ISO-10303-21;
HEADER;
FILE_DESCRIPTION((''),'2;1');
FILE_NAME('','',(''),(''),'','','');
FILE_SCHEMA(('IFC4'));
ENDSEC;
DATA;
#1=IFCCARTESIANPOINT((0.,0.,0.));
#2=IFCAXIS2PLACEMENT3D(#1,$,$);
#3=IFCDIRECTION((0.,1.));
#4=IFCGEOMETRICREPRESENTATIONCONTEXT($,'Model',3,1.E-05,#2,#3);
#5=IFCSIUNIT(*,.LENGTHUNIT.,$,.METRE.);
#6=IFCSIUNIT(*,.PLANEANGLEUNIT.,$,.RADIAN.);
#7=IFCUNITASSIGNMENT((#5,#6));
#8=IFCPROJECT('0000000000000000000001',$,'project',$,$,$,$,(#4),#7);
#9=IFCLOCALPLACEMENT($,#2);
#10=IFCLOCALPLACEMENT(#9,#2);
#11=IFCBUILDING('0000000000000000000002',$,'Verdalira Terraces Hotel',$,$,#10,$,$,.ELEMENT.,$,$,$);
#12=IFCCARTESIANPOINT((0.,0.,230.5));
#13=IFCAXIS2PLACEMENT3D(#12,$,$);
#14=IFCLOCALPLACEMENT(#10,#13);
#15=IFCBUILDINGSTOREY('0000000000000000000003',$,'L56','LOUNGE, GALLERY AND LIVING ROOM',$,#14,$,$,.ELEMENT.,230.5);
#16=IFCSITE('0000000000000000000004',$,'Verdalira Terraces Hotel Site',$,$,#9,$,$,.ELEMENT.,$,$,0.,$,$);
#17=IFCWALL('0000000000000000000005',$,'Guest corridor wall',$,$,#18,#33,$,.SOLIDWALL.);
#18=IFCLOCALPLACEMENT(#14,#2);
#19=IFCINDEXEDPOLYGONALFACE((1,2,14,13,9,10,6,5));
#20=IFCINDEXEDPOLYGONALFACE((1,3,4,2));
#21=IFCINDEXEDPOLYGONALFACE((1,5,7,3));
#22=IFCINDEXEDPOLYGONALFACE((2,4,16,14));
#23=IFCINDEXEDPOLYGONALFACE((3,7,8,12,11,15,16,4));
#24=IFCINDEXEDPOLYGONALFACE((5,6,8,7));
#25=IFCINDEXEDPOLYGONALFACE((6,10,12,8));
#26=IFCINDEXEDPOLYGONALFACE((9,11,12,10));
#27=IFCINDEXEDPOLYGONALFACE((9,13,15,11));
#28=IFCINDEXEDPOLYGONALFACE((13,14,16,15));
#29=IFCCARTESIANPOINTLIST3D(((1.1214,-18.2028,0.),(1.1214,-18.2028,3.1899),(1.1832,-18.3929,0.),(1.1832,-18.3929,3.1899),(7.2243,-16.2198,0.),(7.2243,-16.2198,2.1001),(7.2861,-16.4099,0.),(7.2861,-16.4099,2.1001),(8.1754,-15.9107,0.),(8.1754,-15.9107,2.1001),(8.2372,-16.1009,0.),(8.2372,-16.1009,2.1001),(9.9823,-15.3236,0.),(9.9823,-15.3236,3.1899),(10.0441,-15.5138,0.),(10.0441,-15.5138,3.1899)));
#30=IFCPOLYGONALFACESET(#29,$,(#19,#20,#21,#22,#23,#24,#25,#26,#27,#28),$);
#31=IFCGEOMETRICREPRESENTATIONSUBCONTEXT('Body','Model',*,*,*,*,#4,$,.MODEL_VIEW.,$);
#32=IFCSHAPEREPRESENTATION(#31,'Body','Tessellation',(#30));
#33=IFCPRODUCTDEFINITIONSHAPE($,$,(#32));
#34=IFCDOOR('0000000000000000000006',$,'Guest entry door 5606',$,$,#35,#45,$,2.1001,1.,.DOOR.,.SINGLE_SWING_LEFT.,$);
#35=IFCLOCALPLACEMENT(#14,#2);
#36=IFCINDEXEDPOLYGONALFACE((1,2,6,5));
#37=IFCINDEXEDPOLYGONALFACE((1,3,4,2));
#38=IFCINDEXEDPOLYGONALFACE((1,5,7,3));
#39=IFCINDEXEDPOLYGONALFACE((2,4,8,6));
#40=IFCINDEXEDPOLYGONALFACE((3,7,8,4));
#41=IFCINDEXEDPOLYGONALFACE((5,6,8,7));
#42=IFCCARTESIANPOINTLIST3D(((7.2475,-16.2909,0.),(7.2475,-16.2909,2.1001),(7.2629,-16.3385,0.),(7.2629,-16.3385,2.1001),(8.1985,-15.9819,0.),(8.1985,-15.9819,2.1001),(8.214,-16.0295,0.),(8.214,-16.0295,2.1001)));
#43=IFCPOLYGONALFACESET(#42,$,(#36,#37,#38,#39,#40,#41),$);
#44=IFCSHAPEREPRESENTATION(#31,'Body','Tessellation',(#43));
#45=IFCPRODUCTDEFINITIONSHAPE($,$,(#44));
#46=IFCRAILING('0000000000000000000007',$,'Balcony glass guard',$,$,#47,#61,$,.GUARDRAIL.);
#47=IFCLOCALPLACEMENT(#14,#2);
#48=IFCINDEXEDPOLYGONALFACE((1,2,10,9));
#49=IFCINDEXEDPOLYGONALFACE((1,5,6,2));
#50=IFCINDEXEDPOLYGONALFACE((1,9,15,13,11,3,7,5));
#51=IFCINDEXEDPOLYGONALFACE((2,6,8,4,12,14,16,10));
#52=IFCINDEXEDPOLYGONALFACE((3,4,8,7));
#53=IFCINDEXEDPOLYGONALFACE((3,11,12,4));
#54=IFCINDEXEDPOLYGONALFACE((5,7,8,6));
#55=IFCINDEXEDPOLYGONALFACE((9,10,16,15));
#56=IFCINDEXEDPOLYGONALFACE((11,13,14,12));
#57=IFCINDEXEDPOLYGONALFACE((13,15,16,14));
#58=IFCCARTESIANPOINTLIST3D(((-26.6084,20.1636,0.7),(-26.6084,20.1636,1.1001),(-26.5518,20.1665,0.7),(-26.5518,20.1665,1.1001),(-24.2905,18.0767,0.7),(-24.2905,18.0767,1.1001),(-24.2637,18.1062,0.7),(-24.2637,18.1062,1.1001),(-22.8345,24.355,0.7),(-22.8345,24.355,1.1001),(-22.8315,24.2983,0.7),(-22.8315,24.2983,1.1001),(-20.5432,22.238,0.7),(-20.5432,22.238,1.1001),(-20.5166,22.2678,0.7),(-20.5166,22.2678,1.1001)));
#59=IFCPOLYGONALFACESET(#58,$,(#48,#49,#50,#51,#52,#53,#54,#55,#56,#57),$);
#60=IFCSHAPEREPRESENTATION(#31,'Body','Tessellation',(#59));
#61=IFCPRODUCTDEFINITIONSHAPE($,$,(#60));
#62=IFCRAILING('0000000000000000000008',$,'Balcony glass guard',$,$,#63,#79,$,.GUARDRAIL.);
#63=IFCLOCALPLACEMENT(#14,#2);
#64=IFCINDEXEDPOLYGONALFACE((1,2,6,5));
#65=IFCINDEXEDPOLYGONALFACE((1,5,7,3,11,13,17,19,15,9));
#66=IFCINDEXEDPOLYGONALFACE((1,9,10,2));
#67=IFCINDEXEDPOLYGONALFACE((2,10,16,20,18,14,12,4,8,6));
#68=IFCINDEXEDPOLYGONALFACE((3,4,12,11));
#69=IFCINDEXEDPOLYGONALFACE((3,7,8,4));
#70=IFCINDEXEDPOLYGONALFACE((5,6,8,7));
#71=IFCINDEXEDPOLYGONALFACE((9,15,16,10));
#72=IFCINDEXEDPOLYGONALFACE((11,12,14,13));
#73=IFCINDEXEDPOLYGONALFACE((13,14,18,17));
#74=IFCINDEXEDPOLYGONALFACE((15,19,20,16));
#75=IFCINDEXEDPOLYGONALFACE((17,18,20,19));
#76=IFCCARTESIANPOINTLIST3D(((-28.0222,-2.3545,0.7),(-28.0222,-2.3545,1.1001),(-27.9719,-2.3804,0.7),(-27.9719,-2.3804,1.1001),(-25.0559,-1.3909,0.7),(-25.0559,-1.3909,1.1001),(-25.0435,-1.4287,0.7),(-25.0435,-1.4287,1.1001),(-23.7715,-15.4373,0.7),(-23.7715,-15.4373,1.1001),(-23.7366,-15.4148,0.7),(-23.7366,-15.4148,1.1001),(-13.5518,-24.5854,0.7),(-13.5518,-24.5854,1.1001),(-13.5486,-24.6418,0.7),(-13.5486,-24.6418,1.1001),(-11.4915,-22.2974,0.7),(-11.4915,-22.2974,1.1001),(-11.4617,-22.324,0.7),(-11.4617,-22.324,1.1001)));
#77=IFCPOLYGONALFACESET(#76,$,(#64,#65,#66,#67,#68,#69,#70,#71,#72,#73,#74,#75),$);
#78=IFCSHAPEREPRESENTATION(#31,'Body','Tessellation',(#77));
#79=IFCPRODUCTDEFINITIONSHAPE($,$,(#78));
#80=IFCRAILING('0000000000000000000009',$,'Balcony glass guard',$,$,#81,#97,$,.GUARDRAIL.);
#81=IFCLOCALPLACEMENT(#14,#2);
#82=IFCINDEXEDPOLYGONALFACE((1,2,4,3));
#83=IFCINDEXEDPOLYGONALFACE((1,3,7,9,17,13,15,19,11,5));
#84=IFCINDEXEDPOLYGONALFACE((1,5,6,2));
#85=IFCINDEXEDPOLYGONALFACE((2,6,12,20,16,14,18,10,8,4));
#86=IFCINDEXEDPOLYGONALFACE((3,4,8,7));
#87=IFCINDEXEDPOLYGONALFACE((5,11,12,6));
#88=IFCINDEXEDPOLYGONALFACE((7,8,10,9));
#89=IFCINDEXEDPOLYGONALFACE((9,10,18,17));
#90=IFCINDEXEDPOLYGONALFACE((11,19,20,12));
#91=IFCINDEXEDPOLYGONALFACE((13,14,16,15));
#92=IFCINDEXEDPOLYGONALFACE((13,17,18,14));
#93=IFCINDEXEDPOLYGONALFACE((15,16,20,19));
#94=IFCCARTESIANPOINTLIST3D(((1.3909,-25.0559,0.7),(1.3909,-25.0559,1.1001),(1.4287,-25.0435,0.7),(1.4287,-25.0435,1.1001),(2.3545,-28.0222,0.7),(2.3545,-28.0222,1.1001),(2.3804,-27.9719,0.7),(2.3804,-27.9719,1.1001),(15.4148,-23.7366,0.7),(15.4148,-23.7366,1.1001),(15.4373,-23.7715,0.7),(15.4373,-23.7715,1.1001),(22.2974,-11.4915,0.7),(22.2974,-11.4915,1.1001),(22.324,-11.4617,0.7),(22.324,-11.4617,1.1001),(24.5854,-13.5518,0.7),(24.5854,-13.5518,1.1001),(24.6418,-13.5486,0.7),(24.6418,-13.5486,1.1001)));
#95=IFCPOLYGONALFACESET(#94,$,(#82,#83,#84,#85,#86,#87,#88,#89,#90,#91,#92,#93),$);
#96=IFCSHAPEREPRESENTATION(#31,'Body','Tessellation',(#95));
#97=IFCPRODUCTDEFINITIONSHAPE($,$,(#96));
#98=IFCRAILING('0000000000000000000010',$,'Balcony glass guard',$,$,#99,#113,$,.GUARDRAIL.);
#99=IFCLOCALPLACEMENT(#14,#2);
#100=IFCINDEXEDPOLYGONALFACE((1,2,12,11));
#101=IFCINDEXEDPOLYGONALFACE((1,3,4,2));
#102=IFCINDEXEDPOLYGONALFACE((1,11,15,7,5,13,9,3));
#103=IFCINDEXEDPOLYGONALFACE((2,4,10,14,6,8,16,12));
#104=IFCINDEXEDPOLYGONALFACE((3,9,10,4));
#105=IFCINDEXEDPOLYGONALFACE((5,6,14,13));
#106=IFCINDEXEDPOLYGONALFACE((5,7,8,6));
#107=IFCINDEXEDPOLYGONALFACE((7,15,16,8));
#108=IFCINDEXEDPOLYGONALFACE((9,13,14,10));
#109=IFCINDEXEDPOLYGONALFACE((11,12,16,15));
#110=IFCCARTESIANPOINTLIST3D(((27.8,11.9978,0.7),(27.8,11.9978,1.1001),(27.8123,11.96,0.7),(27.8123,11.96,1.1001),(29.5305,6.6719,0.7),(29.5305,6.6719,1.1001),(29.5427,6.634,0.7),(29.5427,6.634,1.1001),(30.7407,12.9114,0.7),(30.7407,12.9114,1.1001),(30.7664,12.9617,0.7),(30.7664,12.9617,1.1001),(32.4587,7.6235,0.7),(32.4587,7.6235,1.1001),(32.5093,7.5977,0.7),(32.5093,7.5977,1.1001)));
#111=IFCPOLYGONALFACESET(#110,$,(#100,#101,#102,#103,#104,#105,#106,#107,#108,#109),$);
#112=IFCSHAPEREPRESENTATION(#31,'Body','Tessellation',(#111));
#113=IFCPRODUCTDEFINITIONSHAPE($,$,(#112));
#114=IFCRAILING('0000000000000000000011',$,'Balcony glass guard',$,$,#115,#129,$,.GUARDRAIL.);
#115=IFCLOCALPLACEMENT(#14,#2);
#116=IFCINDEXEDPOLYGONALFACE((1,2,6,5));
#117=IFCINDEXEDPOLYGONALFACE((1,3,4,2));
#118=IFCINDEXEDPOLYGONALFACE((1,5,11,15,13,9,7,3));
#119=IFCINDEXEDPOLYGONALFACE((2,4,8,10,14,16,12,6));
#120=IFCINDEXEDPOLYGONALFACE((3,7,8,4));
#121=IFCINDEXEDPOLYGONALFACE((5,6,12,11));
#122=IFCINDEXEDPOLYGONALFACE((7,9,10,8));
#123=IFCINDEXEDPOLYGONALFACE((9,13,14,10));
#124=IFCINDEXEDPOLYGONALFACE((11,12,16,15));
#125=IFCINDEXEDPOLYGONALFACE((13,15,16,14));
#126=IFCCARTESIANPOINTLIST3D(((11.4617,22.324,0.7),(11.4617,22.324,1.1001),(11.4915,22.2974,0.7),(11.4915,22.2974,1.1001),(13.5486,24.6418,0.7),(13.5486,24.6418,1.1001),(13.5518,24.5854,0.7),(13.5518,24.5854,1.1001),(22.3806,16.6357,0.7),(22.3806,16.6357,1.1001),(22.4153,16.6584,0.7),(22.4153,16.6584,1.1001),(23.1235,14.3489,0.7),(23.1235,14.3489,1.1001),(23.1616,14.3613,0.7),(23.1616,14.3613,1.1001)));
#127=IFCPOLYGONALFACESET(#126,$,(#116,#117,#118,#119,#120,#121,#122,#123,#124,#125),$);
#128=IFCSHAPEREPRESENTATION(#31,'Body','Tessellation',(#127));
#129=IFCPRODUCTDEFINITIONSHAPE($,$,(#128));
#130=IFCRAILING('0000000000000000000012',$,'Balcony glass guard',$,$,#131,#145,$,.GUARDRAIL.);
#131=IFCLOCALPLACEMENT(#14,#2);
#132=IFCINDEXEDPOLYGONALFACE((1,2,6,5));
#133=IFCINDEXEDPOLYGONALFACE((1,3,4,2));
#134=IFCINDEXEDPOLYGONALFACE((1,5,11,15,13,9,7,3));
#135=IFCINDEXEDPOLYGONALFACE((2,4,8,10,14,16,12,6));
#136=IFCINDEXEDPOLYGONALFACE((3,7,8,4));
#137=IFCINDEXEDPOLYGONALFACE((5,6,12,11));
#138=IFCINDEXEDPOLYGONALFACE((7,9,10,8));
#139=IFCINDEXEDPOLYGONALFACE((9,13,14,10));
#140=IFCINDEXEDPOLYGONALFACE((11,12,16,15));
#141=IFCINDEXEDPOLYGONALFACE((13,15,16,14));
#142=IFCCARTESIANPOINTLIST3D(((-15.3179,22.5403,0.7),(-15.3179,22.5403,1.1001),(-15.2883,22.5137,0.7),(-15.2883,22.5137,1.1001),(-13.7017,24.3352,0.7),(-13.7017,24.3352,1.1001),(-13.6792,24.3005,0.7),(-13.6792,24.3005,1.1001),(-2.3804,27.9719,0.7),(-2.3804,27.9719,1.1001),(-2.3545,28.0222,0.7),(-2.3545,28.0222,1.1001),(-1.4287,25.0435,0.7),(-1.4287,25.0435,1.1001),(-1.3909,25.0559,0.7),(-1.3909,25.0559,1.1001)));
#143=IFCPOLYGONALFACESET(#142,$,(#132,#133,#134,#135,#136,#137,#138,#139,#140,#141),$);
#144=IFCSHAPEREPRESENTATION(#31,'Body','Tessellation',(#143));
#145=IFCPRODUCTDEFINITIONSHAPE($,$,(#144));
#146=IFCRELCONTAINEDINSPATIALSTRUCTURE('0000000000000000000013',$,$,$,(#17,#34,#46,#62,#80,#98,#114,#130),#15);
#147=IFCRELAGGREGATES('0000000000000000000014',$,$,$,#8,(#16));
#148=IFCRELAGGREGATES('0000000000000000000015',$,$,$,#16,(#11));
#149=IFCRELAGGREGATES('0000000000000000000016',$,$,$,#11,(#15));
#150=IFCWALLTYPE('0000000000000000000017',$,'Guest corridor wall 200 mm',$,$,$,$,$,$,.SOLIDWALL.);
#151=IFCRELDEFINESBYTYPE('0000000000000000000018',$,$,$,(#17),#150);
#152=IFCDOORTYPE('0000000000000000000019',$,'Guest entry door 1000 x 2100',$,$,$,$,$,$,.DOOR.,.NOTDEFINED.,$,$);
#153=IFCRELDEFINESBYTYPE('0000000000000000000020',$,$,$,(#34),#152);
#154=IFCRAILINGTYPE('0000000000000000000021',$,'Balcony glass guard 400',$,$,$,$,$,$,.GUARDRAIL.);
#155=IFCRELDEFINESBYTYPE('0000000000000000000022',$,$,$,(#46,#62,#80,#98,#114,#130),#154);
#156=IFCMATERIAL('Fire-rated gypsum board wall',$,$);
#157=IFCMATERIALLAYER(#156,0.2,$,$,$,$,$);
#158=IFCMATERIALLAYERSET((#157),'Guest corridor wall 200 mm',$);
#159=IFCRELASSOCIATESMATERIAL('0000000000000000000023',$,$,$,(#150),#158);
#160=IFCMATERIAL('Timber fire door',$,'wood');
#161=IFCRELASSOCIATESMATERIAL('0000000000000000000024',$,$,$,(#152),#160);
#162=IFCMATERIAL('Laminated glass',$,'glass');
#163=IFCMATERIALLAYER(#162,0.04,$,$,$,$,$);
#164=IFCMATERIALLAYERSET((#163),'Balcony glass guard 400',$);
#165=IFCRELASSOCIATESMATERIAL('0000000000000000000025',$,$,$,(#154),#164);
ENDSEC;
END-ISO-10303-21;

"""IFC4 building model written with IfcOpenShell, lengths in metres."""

from ifc_helpers import new_model, si_unit, direction, frame, frame_2d, origin, place, context, subcontext, project, spatial, polyline, rectangle, outline, extrude, material, layer, layer_set, type_object, element, fill, save


model = new_model("IFC4")

# Units and contexts
model_context = context("Model", 3, precision=1e-05, world=origin(), true_north=direction((0.0, 1.0)))
body_context = subcontext(model_context, "Body", "Model", "MODEL_VIEW")
ifc_project = project(units=[si_unit("LENGTHUNIT", "METRE"), si_unit("PLANEANGLEUNIT", "RADIAN")], contexts=[model_context])

# Site, building, storey
site_placement = place(None, origin())
site = spatial("IfcSite", under=ifc_project, at=site_placement, Name="Verdalira Terraces Hotel Site", CompositionType="ELEMENT", RefElevation=0.0)
building_placement = place(site_placement, origin())
building = spatial("IfcBuilding", under=site, at=building_placement, Name="Verdalira Terraces Hotel", CompositionType="ELEMENT")
storey_placement = place(building_placement, frame((0.0, 0.0, 230.5)))
storey = spatial("IfcBuildingStorey", under=building, at=storey_placement, Name="L56", Description="LOUNGE, GALLERY AND LIVING ROOM", CompositionType="ELEMENT", Elevation=230.5)

# Wall, opening, door
ifc_material_1 = material(Name="Fire-rated gypsum board wall")
ifc_layer_1 = layer(ifc_material_1, 0.2)
ifc_layer_set_1 = layer_set([ifc_layer_1], Name="Guest corridor wall 200 mm")
wall_type_1 = type_object("IfcWallType", Name="Guest corridor wall 200 mm", PredefinedType="SOLIDWALL", material=ifc_layer_set_1)
wall_1_placement = place(storey_placement, frame((10.0132, -15.4187, 0.0), z_axis=(0.0, 0.0, 1.0), x_axis=(-0.951054, -0.309026, 0.0)))
wall_1 = element("IfcWall", 1, at=wall_1_placement, inside=storey, type_object=wall_type_1, Name="Guest corridor wall", PredefinedType="SOLIDWALL", context=body_context, shape_type="SweptSolid", body=[
    extrude(rectangle(XDim=9.3169, YDim=0.2, at=frame_2d((4.6584, 0.0))), origin(), (0.0, 0.0, 1.0), 3.1899),
])
opening_1_placement = place(wall_1_placement, frame((1.8999, 0.0, 0.0)))
opening_1 = element("IfcOpeningElement", 2, at=opening_1_placement, cuts=wall_1, PredefinedType="OPENING", context=body_context, shape_type="SweptSolid", body=[
    extrude(rectangle(XDim=1.0, YDim=2.1001, at=frame_2d((0.5, 1.05))), frame((0.0, 0.1099, 0.0), z_axis=(0.0, -1.0, 0.0), x_axis=(1.0, 0.0, 0.0)), (0.0, 0.0, 1.0), 0.22),
])
ifc_material_2 = material(Name="Timber fire door", Category="wood")
door_type_1 = type_object("IfcDoorType", Name="Guest entry door 1000 x 2100", OperationType="NOTDEFINED", PredefinedType="DOOR", material=ifc_material_2)
door_1_placement = place(opening_1_placement, origin())
door_1 = element("IfcDoor", 3, at=door_1_placement, inside=storey, type_object=door_type_1, Name="Guest entry door 5606", OperationType="SINGLE_SWING_LEFT", OverallHeight=2.1001, OverallWidth=1.0, PredefinedType="DOOR", context=body_context, shape_type="SweptSolid", body=[
    extrude(rectangle(XDim=1.0, YDim=2.1001, at=frame_2d((0.5, 1.05))), frame((0.0, 0.0249, 0.0), z_axis=(0.0, -1.0, 0.0), x_axis=(1.0, 0.0, 0.0)), (0.0, 0.0, 1.0), 0.05),
])
fill(opening_1, door_1)

# Railings
ifc_material_3 = material(Name="Laminated glass", Category="glass")
ifc_layer_2 = layer(ifc_material_3, 0.04)
ifc_layer_set_2 = layer_set([ifc_layer_2], Name="Balcony glass guard 400")
railing_type_1 = type_object("IfcRailingType", Name="Balcony glass guard 400", PredefinedType="GUARDRAIL", material=ifc_layer_set_2)
railing_1_placement = place(storey_placement, frame((0.0, 0.0, 0.7)))
element("IfcRailing", 4, at=railing_1_placement, inside=storey, type_object=railing_type_1, Name="Balcony glass guard", PredefinedType="GUARDRAIL", context=body_context, shape_type="SweptSolid", body=[
    extrude(outline(polyline([(-22.8315, 24.2983), (-26.5518, 20.1665), (-24.2637, 18.1062), (-24.2905, 18.0767), (-26.6084, 20.1636), (-22.8345, 24.355), (-20.5166, 22.2678), (-20.5432, 22.238), (-22.8315, 24.2983)])), origin(), (0.0, 0.0, 1.0), 0.4001),
])
railing_2_placement = place(storey_placement, frame((0.0, 0.0, 0.7)))
element("IfcRailing", 5, at=railing_2_placement, inside=storey, type_object=railing_type_1, Name="Balcony glass guard", PredefinedType="GUARDRAIL", context=body_context, shape_type="SweptSolid", body=[
    extrude(outline(polyline([(-27.9719, -2.3804), (-23.7366, -15.4148), (-13.5518, -24.5854), (-11.4915, -22.2974), (-11.4617, -22.324), (-13.5486, -24.6418), (-23.7715, -15.4373), (-28.0222, -2.3545), (-25.0559, -1.3909), (-25.0435, -1.4287), (-27.9719, -2.3804)])), origin(), (0.0, 0.0, 1.0), 0.4001),
])
railing_3_placement = place(storey_placement, frame((0.0, 0.0, 0.7)))
element("IfcRailing", 6, at=railing_3_placement, inside=storey, type_object=railing_type_1, Name="Balcony glass guard", PredefinedType="GUARDRAIL", context=body_context, shape_type="SweptSolid", body=[
    extrude(outline(polyline([(2.3804, -27.9719), (15.4148, -23.7366), (24.5854, -13.5518), (22.2974, -11.4915), (22.324, -11.4617), (24.6418, -13.5486), (15.4373, -23.7715), (2.3545, -28.0222), (1.3909, -25.0559), (1.4287, -25.0435), (2.3804, -27.9719)])), origin(), (0.0, 0.0, 1.0), 0.4001),
])
railing_4_placement = place(storey_placement, frame((0.0, 0.0, 0.7)))
element("IfcRailing", 7, at=railing_4_placement, inside=storey, type_object=railing_type_1, Name="Balcony glass guard", PredefinedType="GUARDRAIL", context=body_context, shape_type="SweptSolid", body=[
    extrude(outline(polyline([(32.4587, 7.6235), (30.7407, 12.9114), (27.8123, 11.96), (27.8, 11.9978), (30.7664, 12.9617), (32.5093, 7.5977), (29.5427, 6.634), (29.5305, 6.6719), (32.4587, 7.6235)])), origin(), (0.0, 0.0, 1.0), 0.4001),
])
railing_5_placement = place(storey_placement, frame((0.0, 0.0, 0.7)))
element("IfcRailing", 8, at=railing_5_placement, inside=storey, type_object=railing_type_1, Name="Balcony glass guard", PredefinedType="GUARDRAIL", context=body_context, shape_type="SweptSolid", body=[
    extrude(outline(polyline([(22.3806, 16.6357), (13.5518, 24.5854), (11.4915, 22.2974), (11.4617, 22.324), (13.5486, 24.6418), (22.4153, 16.6584), (23.1616, 14.3613), (23.1235, 14.3489), (22.3806, 16.6357)])), origin(), (0.0, 0.0, 1.0), 0.4001),
])
railing_6_placement = place(storey_placement, frame((0.0, 0.0, 0.7)))
element("IfcRailing", 9, at=railing_6_placement, inside=storey, type_object=railing_type_1, Name="Balcony glass guard", PredefinedType="GUARDRAIL", context=body_context, shape_type="SweptSolid", body=[
    extrude(outline(polyline([(-2.3804, 27.9719), (-13.6792, 24.3005), (-15.2883, 22.5137), (-15.3179, 22.5403), (-13.7017, 24.3352), (-2.3545, 28.0222), (-1.3909, 25.0559), (-1.4287, 25.0435), (-2.3804, 27.9719)])), origin(), (0.0, 0.0, 1.0), 0.4001),
])

save(model, "model.ifc")
